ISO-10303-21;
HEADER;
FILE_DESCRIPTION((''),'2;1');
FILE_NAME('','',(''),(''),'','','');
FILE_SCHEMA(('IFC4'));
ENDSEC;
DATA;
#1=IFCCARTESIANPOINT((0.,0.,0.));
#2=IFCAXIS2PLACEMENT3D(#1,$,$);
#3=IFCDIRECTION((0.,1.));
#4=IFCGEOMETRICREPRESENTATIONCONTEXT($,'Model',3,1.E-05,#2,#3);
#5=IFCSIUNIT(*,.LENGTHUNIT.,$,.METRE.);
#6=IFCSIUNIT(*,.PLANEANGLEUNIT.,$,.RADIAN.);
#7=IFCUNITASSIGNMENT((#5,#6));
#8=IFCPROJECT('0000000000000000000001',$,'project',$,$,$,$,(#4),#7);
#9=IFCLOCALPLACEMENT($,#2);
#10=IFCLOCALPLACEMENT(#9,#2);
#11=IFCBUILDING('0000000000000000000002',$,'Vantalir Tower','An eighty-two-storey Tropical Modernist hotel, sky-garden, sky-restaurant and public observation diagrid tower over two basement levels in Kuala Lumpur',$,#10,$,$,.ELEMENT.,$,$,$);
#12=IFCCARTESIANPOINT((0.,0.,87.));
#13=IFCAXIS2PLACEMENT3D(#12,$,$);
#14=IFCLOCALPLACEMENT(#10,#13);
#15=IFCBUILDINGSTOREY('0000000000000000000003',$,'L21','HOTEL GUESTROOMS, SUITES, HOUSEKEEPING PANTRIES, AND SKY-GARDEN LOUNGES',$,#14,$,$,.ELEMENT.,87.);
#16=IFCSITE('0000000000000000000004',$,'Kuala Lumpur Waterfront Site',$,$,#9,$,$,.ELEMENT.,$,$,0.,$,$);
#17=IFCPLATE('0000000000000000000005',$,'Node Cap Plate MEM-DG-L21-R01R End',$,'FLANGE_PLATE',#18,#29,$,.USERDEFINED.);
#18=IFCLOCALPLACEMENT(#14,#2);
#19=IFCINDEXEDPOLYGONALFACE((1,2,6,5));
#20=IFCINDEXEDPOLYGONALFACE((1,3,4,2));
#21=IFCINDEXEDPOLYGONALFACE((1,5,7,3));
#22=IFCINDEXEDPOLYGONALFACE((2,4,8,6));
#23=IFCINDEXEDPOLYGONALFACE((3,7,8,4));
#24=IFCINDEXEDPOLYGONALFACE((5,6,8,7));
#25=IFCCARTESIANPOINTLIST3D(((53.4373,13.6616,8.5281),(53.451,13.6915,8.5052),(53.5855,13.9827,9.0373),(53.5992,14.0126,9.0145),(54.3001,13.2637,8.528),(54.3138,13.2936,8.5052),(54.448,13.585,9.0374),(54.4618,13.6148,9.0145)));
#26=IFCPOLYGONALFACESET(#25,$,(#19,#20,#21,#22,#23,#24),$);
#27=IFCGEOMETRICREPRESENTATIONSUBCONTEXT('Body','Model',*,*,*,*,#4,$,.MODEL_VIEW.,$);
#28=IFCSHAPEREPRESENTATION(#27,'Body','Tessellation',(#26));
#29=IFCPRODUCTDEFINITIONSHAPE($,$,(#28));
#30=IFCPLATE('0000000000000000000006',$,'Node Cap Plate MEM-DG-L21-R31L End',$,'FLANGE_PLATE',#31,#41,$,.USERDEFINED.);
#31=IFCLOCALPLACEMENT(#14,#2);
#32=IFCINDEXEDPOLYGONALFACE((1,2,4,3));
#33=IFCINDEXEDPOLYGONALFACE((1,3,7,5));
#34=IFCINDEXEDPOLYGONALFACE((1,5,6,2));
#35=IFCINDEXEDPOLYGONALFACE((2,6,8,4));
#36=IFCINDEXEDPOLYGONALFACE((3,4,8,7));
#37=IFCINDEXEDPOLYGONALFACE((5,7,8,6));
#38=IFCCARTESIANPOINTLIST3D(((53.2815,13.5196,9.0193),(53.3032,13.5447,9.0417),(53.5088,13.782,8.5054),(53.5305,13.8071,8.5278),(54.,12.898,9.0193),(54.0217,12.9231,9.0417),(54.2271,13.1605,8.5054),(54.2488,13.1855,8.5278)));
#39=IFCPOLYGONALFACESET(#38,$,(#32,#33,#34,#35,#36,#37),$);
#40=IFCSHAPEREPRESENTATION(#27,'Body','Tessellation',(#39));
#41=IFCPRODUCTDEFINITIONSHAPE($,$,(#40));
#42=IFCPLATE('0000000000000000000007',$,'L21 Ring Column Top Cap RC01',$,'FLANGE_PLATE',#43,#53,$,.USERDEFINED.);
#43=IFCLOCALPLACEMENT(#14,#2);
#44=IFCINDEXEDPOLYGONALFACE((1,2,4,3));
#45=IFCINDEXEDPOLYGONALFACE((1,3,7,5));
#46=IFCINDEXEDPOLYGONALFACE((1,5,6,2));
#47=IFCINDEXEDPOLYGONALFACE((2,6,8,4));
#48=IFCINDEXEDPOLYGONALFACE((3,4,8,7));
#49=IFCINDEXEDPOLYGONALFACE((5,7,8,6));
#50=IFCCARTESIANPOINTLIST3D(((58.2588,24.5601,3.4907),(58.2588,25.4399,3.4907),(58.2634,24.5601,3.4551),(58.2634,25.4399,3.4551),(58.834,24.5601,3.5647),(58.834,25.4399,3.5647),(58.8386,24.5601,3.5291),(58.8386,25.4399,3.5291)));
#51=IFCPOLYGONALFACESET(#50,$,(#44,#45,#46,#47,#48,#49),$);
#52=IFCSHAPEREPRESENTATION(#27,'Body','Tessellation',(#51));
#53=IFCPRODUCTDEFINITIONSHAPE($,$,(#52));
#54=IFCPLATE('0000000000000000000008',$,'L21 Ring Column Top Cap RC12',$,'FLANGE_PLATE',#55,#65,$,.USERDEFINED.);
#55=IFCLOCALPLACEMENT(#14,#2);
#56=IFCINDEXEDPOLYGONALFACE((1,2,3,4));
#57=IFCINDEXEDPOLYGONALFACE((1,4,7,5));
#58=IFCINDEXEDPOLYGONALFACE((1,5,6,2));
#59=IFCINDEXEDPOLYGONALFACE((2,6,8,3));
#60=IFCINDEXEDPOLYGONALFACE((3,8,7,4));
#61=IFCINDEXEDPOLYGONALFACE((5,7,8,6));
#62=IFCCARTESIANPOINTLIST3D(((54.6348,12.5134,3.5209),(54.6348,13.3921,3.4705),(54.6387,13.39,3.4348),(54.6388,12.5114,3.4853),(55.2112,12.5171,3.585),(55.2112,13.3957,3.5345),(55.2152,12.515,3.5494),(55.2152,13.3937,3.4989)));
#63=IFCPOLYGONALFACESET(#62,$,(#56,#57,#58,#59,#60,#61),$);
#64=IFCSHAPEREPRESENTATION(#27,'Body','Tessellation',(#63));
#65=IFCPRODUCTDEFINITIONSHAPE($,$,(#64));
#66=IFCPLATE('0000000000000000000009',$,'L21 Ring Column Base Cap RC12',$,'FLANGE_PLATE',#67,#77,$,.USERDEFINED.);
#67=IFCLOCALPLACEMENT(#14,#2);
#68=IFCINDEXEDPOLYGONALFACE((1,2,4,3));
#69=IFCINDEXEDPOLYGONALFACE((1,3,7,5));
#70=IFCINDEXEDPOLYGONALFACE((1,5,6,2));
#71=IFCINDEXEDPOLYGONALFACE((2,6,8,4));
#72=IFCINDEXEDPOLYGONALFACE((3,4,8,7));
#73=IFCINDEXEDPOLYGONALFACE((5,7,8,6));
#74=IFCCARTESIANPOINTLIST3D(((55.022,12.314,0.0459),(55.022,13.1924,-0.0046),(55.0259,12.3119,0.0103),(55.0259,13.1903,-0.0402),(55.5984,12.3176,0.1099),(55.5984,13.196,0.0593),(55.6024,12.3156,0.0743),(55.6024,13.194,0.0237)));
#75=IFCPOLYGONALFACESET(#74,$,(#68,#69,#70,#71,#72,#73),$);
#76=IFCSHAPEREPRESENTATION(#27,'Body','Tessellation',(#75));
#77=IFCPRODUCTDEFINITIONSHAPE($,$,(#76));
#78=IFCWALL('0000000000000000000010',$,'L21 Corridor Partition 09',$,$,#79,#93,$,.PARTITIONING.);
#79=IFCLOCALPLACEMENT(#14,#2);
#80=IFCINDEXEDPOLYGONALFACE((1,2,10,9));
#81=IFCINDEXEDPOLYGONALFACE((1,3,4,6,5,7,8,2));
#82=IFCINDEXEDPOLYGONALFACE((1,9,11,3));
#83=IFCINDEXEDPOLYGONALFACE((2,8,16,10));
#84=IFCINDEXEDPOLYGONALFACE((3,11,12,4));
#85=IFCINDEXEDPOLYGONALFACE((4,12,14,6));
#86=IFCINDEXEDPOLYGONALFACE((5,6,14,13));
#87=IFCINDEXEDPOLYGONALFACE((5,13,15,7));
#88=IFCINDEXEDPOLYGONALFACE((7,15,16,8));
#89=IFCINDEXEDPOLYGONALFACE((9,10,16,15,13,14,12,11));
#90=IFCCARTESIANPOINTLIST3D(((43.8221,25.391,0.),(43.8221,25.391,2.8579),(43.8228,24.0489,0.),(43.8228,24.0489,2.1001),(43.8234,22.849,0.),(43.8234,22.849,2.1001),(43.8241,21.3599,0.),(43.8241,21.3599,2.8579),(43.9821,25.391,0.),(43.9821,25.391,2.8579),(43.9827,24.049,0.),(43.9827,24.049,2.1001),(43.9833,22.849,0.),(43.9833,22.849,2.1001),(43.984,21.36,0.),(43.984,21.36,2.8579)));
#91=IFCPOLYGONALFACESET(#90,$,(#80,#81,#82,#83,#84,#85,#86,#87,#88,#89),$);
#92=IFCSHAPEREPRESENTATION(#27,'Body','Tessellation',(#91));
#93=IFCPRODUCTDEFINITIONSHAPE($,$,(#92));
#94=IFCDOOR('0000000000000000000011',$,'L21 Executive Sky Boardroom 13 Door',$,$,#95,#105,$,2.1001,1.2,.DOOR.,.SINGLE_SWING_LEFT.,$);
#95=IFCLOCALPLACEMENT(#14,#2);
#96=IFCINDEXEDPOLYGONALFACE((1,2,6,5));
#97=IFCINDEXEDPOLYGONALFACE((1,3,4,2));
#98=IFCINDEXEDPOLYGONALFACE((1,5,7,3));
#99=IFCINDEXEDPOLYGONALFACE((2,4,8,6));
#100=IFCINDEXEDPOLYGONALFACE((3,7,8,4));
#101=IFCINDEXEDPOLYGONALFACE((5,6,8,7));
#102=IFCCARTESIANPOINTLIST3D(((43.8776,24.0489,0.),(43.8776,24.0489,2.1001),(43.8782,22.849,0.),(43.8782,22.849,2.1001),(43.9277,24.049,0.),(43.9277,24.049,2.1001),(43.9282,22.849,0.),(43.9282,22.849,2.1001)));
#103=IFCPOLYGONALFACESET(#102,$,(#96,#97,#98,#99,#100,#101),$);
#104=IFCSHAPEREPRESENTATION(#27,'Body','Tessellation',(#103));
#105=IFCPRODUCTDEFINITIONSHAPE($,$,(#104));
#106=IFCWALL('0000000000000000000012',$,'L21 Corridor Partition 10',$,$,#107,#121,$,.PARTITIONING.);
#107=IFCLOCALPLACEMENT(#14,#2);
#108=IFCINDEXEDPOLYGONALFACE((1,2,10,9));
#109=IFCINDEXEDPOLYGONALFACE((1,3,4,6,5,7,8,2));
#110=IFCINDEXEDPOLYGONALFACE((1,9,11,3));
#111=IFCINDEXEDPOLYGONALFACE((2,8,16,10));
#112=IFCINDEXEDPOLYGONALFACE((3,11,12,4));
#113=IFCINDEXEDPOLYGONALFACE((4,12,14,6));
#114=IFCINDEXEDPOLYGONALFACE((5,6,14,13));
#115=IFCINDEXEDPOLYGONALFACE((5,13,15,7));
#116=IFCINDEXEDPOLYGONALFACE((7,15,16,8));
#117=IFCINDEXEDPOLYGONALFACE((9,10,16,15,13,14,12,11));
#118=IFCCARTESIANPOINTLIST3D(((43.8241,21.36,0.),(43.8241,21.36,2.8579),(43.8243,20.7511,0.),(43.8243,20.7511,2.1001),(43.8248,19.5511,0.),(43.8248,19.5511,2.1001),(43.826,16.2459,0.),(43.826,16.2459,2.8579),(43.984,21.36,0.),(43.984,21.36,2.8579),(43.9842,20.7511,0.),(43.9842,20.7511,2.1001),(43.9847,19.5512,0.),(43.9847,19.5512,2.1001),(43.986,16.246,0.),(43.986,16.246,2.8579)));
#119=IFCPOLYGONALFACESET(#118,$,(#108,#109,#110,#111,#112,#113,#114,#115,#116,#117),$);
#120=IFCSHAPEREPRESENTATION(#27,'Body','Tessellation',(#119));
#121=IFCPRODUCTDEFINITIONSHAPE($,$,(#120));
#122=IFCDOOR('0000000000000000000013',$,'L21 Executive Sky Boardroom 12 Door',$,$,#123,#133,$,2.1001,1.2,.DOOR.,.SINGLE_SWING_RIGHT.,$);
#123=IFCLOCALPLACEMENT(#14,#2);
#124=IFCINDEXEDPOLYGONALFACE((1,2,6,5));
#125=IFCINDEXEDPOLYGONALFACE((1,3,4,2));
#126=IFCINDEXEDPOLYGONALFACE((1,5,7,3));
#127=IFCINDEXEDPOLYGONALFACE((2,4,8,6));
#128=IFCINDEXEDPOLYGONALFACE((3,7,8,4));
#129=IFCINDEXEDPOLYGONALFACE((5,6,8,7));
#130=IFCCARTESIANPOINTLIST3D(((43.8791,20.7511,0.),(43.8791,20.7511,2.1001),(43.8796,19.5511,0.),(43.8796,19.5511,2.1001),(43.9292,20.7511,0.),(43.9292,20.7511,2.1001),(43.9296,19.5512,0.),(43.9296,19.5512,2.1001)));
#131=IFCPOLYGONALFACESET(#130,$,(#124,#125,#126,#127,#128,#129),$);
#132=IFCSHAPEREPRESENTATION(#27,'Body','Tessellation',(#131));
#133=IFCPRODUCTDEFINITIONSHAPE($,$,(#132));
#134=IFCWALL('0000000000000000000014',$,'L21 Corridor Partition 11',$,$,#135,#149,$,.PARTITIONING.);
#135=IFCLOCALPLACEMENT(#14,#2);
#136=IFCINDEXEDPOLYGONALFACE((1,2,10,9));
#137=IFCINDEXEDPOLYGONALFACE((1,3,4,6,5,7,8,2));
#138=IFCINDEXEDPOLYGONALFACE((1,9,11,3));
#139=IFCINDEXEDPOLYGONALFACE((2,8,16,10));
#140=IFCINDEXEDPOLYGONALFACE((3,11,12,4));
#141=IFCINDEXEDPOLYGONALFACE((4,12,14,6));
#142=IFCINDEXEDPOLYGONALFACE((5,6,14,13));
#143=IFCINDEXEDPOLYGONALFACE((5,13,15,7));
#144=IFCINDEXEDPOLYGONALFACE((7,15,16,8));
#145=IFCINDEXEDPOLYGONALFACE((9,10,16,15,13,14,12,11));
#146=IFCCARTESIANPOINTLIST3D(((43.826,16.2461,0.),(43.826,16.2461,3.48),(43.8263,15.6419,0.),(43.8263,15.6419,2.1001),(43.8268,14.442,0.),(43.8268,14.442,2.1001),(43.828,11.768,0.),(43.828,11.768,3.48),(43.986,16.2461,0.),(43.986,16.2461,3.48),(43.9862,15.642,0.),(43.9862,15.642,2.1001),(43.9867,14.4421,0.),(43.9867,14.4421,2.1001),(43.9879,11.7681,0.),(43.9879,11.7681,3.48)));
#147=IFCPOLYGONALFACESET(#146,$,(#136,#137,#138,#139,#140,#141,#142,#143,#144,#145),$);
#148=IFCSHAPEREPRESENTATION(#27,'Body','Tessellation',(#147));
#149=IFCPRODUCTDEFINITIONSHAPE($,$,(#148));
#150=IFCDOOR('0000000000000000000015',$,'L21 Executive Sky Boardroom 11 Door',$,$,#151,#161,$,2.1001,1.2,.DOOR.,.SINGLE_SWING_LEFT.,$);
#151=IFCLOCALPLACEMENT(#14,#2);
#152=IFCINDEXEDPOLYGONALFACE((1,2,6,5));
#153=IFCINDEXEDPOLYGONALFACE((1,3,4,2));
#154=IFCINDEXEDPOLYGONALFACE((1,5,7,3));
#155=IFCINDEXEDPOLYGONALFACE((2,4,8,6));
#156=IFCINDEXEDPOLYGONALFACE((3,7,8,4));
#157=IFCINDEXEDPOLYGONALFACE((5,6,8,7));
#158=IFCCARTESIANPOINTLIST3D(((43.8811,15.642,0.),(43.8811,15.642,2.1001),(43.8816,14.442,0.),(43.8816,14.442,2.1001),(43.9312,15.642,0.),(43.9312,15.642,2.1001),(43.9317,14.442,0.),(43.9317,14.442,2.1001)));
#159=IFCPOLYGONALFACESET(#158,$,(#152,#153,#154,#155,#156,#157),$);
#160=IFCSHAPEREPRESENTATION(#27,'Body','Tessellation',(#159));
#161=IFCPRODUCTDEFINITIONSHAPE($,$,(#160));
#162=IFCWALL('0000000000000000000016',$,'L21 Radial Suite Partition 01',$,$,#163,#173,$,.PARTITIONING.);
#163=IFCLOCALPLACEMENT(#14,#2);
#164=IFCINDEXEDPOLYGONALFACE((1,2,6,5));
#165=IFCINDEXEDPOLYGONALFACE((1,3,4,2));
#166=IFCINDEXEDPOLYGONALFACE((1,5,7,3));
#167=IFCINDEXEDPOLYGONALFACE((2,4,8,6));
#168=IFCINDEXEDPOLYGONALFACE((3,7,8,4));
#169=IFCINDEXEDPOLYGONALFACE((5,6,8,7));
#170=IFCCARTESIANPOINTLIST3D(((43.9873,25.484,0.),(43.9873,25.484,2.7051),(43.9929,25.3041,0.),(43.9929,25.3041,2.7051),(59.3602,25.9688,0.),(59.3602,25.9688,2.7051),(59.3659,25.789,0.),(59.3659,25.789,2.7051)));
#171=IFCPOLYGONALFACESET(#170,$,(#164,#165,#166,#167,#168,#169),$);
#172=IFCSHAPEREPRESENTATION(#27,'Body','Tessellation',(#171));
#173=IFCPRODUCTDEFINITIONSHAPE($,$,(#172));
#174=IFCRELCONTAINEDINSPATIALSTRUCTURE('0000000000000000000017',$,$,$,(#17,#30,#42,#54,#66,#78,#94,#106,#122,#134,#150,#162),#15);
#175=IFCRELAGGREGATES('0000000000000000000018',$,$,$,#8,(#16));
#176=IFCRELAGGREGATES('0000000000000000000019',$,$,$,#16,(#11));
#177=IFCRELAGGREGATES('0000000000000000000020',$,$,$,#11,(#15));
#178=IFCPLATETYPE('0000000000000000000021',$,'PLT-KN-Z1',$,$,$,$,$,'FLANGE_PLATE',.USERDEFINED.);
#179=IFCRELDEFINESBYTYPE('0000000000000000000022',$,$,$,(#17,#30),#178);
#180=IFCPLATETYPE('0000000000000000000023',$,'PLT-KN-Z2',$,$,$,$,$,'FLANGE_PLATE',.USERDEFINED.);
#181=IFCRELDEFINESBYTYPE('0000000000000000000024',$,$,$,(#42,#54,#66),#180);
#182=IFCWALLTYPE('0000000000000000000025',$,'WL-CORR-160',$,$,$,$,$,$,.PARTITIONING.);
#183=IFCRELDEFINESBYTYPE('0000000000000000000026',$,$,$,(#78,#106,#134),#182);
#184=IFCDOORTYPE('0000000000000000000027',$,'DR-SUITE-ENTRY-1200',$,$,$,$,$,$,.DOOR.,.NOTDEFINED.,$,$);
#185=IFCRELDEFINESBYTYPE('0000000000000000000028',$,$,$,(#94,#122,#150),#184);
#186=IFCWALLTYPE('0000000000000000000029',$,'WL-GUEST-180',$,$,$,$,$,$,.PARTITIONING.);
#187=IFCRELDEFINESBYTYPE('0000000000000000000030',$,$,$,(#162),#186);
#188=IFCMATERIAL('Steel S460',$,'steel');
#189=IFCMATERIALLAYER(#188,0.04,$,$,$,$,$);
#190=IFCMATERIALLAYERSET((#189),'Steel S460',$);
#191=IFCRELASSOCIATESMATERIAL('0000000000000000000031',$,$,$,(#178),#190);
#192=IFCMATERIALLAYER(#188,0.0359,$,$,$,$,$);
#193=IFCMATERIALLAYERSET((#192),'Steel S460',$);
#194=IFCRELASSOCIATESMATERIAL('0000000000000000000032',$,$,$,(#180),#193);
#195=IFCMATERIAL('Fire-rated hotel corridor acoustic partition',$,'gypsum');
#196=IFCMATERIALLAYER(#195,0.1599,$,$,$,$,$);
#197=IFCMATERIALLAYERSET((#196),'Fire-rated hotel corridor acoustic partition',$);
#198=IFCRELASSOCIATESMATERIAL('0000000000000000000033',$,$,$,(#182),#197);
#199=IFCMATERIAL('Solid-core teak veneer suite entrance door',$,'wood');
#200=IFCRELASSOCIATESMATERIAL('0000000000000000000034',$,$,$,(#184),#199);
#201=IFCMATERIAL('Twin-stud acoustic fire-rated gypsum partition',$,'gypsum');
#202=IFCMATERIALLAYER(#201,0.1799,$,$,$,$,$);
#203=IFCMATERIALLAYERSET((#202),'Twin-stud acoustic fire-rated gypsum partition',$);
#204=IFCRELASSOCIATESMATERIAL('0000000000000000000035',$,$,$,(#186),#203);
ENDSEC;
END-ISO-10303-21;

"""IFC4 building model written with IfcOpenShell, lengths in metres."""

from ifc_helpers import new_model, si_unit, direction, frame, frame_2d, origin, place, context, subcontext, project, spatial, polyline, rectangle, outline, extrude, material, layer, layer_set, type_object, element, fill, save


model = new_model("IFC4")

# Units and contexts
model_context = context("Model", 3, precision=1e-05, world=origin(), true_north=direction((0.0, 1.0)))
body_context = subcontext(model_context, "Body", "Model", "MODEL_VIEW")
ifc_project = project(units=[si_unit("LENGTHUNIT", "METRE"), si_unit("PLANEANGLEUNIT", "RADIAN")], contexts=[model_context])

# Site, building, storey
site_placement = place(None, origin())
site = spatial("IfcSite", under=ifc_project, at=site_placement, Name="Kuala Lumpur Waterfront Site", CompositionType="ELEMENT", RefElevation=0.0)
building_placement = place(site_placement, origin())
building = spatial("IfcBuilding", under=site, at=building_placement, Name="Vantalir Tower", Description="An eighty-two-storey Tropical Modernist hotel, sky-garden, sky-restaurant and public observation diagrid tower over two basement levels in Kuala Lumpur", CompositionType="ELEMENT")
storey_placement = place(building_placement, frame((0.0, 0.0, 87.0)))
storey = spatial("IfcBuildingStorey", under=building, at=storey_placement, Name="L21", Description="HOTEL GUESTROOMS, SUITES, HOUSEKEEPING PANTRIES, AND SKY-GARDEN LOUNGES", CompositionType="ELEMENT", Elevation=87.0)

# Shared definitions
ifc_material_1 = material(Name="Steel S460", Category="steel")

# Plates
ifc_layer_1 = layer(ifc_material_1, 0.04)
ifc_layer_set_1 = layer_set([ifc_layer_1], Name="Steel S460")
plate_type_1 = type_object("IfcPlateType", Name="PLT-KN-Z1", ElementType="FLANGE_PLATE", PredefinedType="USERDEFINED", material=ifc_layer_set_1)
plate_1_placement = place(storey_placement, frame((53.4373, 13.6616, 8.5281), z_axis=(-0.34397, -0.745884, 0.570387), x_axis=(0.908082, -0.418792, -0.000029)))
element("IfcPlate", 1, at=plate_1_placement, inside=storey, type_object=plate_type_1, Name="Node Cap Plate MEM-DG-L21-R01R End", ObjectType="FLANGE_PLATE", PredefinedType="USERDEFINED", context=body_context, shape_type="SweptSolid", body=[
    extrude(outline(polyline([(0.0, 0.0), (0.9501, 0.0), (0.9499, 0.6201), (0.0001, 0.62), (0.0, 0.0)])), origin(), (0.0, 0.0, -1.0), 0.04),
])
plate_2_placement = place(storey_placement, frame((54.2488, 13.1855, 8.5278), z_axis=(0.542223, 0.626666, 0.559717), x_axis=(-0.756202, 0.654339, -0.000039)))
element("IfcPlate", 2, at=plate_2_placement, inside=storey, type_object=plate_type_1, Name="Node Cap Plate MEM-DG-L21-R31L End", ObjectType="FLANGE_PLATE", PredefinedType="USERDEFINED", context=body_context, shape_type="SweptSolid", body=[
    extrude(outline(polyline([(0.0, 0.0), (0.9499, 0.0), (0.95, 0.6202), (-0.0001, 0.6201), (0.0, 0.0)])), origin(), (0.0, 0.0, -1.0), 0.04),
])
ifc_layer_2 = layer(ifc_material_1, 0.0359)
ifc_layer_set_2 = layer_set([ifc_layer_2], Name="Steel S460")
plate_type_2 = type_object("IfcPlateType", Name="PLT-KN-Z2", ElementType="FLANGE_PLATE", PredefinedType="USERDEFINED", material=ifc_layer_set_2)
plate_3_placement = place(storey_placement, frame((58.2588, 25.4399, 3.4907), z_axis=(-0.127557, 0.0, 0.991831), x_axis=(0.0, -1.0, 0.0)))
element("IfcPlate", 3, at=plate_3_placement, inside=storey, type_object=plate_type_2, Name="L21 Ring Column Top Cap RC01", ObjectType="FLANGE_PLATE", PredefinedType="USERDEFINED", context=body_context, shape_type="SweptSolid", body=[
    extrude(outline(polyline([(0.0, 0.0), (0.8799, 0.0), (0.8799, 0.5799), (0.0, 0.5799), (0.0, 0.0)])), origin(), (0.0, 0.0, -1.0), 0.0359),
])
plate_4_placement = place(storey_placement, frame((54.6348, 13.3921, 3.4705), z_axis=(-0.110679, 0.056931, 0.992224), x_axis=(0.000015, -0.998358, 0.057285)))
element("IfcPlate", 4, at=plate_4_placement, inside=storey, type_object=plate_type_2, Name="L21 Ring Column Top Cap RC12", ObjectType="FLANGE_PLATE", PredefinedType="USERDEFINED", context=body_context, shape_type="SweptSolid", body=[
    extrude(outline(polyline([(0.0, 0.0), (0.8801, 0.0), (0.8801, 0.58), (0.0, 0.58), (0.0, 0.0)])), origin(), (0.0, 0.0, -1.0), 0.0359),
])
plate_5_placement = place(storey_placement, frame((55.022, 13.1924, -0.0046), z_axis=(-0.110471, 0.057085, 0.992239), x_axis=(0.0, -0.998349, 0.057437)))
element("IfcPlate", 5, at=plate_5_placement, inside=storey, type_object=plate_type_2, Name="L21 Ring Column Base Cap RC12", ObjectType="FLANGE_PLATE", PredefinedType="USERDEFINED", context=body_context, shape_type="SweptSolid", body=[
    extrude(outline(polyline([(0.0, 0.0), (0.8799, 0.0), (0.8799, 0.58), (0.0, 0.58), (0.0, 0.0)])), origin(), (0.0, 0.0, -1.0), 0.0359),
])

# Walls, openings, doors
ifc_material_2 = material(Name="Fire-rated hotel corridor acoustic partition", Category="gypsum")
ifc_layer_3 = layer(ifc_material_2, 0.1599)
ifc_layer_set_3 = layer_set([ifc_layer_3], Name="Fire-rated hotel corridor acoustic partition")
wall_type_1 = type_object("IfcWallType", Name="WL-CORR-160", PredefinedType="PARTITIONING", material=ifc_layer_set_3)
wall_1_placement = place(storey_placement, frame((43.9021, 25.3911, 0.0), z_axis=(0.0, 0.0, 1.0), x_axis=(0.000485, -1.0, 0.0)))
wall_1 = element("IfcWall", 6, at=wall_1_placement, inside=storey, type_object=wall_type_1, Name="L21 Corridor Partition 09", PredefinedType="PARTITIONING", context=body_context, shape_type="SweptSolid", body=[
    extrude(rectangle(XDim=4.031, YDim=0.1599, at=frame_2d((2.0156, 0.0))), origin(), (0.0, 0.0, 1.0), 2.8579),
])
opening_1_placement = place(wall_1_placement, frame((1.342, 0.0, 0.0)))
opening_1 = element("IfcOpeningElement", 7, at=opening_1_placement, cuts=wall_1, PredefinedType="OPENING", context=body_context, shape_type="SweptSolid", body=[
    extrude(rectangle(XDim=1.2, YDim=2.1001, at=frame_2d((0.6001, 1.05))), frame((0.0, 0.0898, 0.0), z_axis=(0.0, -1.0, 0.0), x_axis=(1.0, 0.0, 0.0)), (0.0, 0.0, 1.0), 0.1799),
])
ifc_material_3 = material(Name="Solid-core teak veneer suite entrance door", Category="wood")
door_type = type_object("IfcDoorType", Name="DR-SUITE-ENTRY-1200", OperationType="NOTDEFINED", PredefinedType="DOOR", material=ifc_material_3)
door_1_placement = place(opening_1_placement, origin())
door_1 = element("IfcDoor", 8, at=door_1_placement, inside=storey, type_object=door_type, Name="L21 Executive Sky Boardroom 13 Door", OperationType="SINGLE_SWING_LEFT", OverallHeight=2.1001, OverallWidth=1.2, PredefinedType="DOOR", context=body_context, shape_type="SweptSolid", body=[
    extrude(rectangle(XDim=1.2, YDim=2.1001, at=frame_2d((0.6001, 1.05))), frame((0.0, 0.0249, 0.0), z_axis=(0.0, -1.0, 0.0), x_axis=(1.0, 0.0, 0.0)), (0.0, 0.0, 1.0), 0.05),
])
fill(opening_1, door_1)
wall_2_placement = place(storey_placement, frame((43.9041, 21.3601, 0.0), z_axis=(0.0, 0.0, 1.0), x_axis=(0.000382, -1.0, 0.0)))
wall_2 = element("IfcWall", 9, at=wall_2_placement, inside=storey, type_object=wall_type_1, Name="L21 Corridor Partition 10", PredefinedType="PARTITIONING", context=body_context, shape_type="SweptSolid", body=[
    extrude(rectangle(XDim=5.114, YDim=0.1599, at=frame_2d((2.5571, 0.0))), origin(), (0.0, 0.0, 1.0), 2.8579),
])
opening_2_placement = place(wall_2_placement, frame((0.6089, 0.0, 0.0)))
opening_2 = element("IfcOpeningElement", 10, at=opening_2_placement, cuts=wall_2, PredefinedType="OPENING", context=body_context, shape_type="SweptSolid", body=[
    extrude(rectangle(XDim=1.2, YDim=2.1001, at=frame_2d((0.6001, 1.05))), frame((0.0, 0.0898, 0.0), z_axis=(0.0, -1.0, 0.0), x_axis=(1.0, 0.0, 0.0)), (0.0, 0.0, 1.0), 0.1799),
])
door_2_placement = place(opening_2_placement, origin())
door_2 = element("IfcDoor", 11, at=door_2_placement, inside=storey, type_object=door_type, Name="L21 Executive Sky Boardroom 12 Door", OperationType="SINGLE_SWING_RIGHT", OverallHeight=2.1001, OverallWidth=1.2, PredefinedType="DOOR", context=body_context, shape_type="SweptSolid", body=[
    extrude(rectangle(XDim=1.2, YDim=2.1001, at=frame_2d((0.6001, 1.05))), frame((0.0, 0.0249, 0.0), z_axis=(0.0, -1.0, 0.0), x_axis=(1.0, 0.0, 0.0)), (0.0, 0.0, 1.0), 0.05),
])
fill(opening_2, door_2)
wall_3_placement = place(storey_placement, frame((43.906, 16.2461, 0.0), z_axis=(0.0, 0.0, 1.0), x_axis=(0.000436, -1.0, 0.0)))
wall_3 = element("IfcWall", 12, at=wall_3_placement, inside=storey, type_object=wall_type_1, Name="L21 Corridor Partition 11", PredefinedType="PARTITIONING", context=body_context, shape_type="SweptSolid", body=[
    extrude(rectangle(XDim=4.478, YDim=0.1599, at=frame_2d((2.239, 0.0))), origin(), (0.0, 0.0, 1.0), 3.48),
])
opening_3_placement = place(wall_3_placement, frame((0.604, 0.0, 0.0)))
opening_3 = element("IfcOpeningElement", 13, at=opening_3_placement, cuts=wall_3, PredefinedType="OPENING", context=body_context, shape_type="SweptSolid", body=[
    extrude(rectangle(XDim=1.2, YDim=2.1001, at=frame_2d((0.6001, 1.05))), frame((0.0, 0.0898, 0.0), z_axis=(0.0, -1.0, 0.0), x_axis=(1.0, 0.0, 0.0)), (0.0, 0.0, 1.0), 0.1799),
])
door_3_placement = place(opening_3_placement, origin())
door_3 = element("IfcDoor", 14, at=door_3_placement, inside=storey, type_object=door_type, Name="L21 Executive Sky Boardroom 11 Door", OperationType="SINGLE_SWING_LEFT", OverallHeight=2.1001, OverallWidth=1.2, PredefinedType="DOOR", context=body_context, shape_type="SweptSolid", body=[
    extrude(rectangle(XDim=1.2, YDim=2.1001, at=frame_2d((0.6001, 1.05))), frame((0.0, 0.0249, 0.0), z_axis=(0.0, -1.0, 0.0), x_axis=(1.0, 0.0, 0.0)), (0.0, 0.0, 1.0), 0.05),
])
fill(opening_3, door_3)

# Wall
ifc_material_4 = material(Name="Twin-stud acoustic fire-rated gypsum partition", Category="gypsum")
ifc_layer_4 = layer(ifc_material_4, 0.1799)
ifc_layer_set_4 = layer_set([ifc_layer_4], Name="Twin-stud acoustic fire-rated gypsum partition")
wall_type_2 = type_object("IfcWallType", Name="WL-GUEST-180", PredefinedType="PARTITIONING", material=ifc_layer_set_4)
wall_4_placement = place(storey_placement, frame((43.99, 25.394, 0.0), z_axis=(0.0, 0.0, 1.0), x_axis=(0.999503, 0.031524, 0.0)))
element("IfcWall", 15, at=wall_4_placement, inside=storey, type_object=wall_type_2, Name="L21 Radial Suite Partition 01", PredefinedType="PARTITIONING", context=body_context, shape_type="SweptSolid", body=[
    extrude(rectangle(XDim=15.3806, YDim=0.1799, at=frame_2d((7.6904, 0.0))), origin(), (0.0, 0.0, 1.0), 2.7051),
])

save(model, "model.ifc")
